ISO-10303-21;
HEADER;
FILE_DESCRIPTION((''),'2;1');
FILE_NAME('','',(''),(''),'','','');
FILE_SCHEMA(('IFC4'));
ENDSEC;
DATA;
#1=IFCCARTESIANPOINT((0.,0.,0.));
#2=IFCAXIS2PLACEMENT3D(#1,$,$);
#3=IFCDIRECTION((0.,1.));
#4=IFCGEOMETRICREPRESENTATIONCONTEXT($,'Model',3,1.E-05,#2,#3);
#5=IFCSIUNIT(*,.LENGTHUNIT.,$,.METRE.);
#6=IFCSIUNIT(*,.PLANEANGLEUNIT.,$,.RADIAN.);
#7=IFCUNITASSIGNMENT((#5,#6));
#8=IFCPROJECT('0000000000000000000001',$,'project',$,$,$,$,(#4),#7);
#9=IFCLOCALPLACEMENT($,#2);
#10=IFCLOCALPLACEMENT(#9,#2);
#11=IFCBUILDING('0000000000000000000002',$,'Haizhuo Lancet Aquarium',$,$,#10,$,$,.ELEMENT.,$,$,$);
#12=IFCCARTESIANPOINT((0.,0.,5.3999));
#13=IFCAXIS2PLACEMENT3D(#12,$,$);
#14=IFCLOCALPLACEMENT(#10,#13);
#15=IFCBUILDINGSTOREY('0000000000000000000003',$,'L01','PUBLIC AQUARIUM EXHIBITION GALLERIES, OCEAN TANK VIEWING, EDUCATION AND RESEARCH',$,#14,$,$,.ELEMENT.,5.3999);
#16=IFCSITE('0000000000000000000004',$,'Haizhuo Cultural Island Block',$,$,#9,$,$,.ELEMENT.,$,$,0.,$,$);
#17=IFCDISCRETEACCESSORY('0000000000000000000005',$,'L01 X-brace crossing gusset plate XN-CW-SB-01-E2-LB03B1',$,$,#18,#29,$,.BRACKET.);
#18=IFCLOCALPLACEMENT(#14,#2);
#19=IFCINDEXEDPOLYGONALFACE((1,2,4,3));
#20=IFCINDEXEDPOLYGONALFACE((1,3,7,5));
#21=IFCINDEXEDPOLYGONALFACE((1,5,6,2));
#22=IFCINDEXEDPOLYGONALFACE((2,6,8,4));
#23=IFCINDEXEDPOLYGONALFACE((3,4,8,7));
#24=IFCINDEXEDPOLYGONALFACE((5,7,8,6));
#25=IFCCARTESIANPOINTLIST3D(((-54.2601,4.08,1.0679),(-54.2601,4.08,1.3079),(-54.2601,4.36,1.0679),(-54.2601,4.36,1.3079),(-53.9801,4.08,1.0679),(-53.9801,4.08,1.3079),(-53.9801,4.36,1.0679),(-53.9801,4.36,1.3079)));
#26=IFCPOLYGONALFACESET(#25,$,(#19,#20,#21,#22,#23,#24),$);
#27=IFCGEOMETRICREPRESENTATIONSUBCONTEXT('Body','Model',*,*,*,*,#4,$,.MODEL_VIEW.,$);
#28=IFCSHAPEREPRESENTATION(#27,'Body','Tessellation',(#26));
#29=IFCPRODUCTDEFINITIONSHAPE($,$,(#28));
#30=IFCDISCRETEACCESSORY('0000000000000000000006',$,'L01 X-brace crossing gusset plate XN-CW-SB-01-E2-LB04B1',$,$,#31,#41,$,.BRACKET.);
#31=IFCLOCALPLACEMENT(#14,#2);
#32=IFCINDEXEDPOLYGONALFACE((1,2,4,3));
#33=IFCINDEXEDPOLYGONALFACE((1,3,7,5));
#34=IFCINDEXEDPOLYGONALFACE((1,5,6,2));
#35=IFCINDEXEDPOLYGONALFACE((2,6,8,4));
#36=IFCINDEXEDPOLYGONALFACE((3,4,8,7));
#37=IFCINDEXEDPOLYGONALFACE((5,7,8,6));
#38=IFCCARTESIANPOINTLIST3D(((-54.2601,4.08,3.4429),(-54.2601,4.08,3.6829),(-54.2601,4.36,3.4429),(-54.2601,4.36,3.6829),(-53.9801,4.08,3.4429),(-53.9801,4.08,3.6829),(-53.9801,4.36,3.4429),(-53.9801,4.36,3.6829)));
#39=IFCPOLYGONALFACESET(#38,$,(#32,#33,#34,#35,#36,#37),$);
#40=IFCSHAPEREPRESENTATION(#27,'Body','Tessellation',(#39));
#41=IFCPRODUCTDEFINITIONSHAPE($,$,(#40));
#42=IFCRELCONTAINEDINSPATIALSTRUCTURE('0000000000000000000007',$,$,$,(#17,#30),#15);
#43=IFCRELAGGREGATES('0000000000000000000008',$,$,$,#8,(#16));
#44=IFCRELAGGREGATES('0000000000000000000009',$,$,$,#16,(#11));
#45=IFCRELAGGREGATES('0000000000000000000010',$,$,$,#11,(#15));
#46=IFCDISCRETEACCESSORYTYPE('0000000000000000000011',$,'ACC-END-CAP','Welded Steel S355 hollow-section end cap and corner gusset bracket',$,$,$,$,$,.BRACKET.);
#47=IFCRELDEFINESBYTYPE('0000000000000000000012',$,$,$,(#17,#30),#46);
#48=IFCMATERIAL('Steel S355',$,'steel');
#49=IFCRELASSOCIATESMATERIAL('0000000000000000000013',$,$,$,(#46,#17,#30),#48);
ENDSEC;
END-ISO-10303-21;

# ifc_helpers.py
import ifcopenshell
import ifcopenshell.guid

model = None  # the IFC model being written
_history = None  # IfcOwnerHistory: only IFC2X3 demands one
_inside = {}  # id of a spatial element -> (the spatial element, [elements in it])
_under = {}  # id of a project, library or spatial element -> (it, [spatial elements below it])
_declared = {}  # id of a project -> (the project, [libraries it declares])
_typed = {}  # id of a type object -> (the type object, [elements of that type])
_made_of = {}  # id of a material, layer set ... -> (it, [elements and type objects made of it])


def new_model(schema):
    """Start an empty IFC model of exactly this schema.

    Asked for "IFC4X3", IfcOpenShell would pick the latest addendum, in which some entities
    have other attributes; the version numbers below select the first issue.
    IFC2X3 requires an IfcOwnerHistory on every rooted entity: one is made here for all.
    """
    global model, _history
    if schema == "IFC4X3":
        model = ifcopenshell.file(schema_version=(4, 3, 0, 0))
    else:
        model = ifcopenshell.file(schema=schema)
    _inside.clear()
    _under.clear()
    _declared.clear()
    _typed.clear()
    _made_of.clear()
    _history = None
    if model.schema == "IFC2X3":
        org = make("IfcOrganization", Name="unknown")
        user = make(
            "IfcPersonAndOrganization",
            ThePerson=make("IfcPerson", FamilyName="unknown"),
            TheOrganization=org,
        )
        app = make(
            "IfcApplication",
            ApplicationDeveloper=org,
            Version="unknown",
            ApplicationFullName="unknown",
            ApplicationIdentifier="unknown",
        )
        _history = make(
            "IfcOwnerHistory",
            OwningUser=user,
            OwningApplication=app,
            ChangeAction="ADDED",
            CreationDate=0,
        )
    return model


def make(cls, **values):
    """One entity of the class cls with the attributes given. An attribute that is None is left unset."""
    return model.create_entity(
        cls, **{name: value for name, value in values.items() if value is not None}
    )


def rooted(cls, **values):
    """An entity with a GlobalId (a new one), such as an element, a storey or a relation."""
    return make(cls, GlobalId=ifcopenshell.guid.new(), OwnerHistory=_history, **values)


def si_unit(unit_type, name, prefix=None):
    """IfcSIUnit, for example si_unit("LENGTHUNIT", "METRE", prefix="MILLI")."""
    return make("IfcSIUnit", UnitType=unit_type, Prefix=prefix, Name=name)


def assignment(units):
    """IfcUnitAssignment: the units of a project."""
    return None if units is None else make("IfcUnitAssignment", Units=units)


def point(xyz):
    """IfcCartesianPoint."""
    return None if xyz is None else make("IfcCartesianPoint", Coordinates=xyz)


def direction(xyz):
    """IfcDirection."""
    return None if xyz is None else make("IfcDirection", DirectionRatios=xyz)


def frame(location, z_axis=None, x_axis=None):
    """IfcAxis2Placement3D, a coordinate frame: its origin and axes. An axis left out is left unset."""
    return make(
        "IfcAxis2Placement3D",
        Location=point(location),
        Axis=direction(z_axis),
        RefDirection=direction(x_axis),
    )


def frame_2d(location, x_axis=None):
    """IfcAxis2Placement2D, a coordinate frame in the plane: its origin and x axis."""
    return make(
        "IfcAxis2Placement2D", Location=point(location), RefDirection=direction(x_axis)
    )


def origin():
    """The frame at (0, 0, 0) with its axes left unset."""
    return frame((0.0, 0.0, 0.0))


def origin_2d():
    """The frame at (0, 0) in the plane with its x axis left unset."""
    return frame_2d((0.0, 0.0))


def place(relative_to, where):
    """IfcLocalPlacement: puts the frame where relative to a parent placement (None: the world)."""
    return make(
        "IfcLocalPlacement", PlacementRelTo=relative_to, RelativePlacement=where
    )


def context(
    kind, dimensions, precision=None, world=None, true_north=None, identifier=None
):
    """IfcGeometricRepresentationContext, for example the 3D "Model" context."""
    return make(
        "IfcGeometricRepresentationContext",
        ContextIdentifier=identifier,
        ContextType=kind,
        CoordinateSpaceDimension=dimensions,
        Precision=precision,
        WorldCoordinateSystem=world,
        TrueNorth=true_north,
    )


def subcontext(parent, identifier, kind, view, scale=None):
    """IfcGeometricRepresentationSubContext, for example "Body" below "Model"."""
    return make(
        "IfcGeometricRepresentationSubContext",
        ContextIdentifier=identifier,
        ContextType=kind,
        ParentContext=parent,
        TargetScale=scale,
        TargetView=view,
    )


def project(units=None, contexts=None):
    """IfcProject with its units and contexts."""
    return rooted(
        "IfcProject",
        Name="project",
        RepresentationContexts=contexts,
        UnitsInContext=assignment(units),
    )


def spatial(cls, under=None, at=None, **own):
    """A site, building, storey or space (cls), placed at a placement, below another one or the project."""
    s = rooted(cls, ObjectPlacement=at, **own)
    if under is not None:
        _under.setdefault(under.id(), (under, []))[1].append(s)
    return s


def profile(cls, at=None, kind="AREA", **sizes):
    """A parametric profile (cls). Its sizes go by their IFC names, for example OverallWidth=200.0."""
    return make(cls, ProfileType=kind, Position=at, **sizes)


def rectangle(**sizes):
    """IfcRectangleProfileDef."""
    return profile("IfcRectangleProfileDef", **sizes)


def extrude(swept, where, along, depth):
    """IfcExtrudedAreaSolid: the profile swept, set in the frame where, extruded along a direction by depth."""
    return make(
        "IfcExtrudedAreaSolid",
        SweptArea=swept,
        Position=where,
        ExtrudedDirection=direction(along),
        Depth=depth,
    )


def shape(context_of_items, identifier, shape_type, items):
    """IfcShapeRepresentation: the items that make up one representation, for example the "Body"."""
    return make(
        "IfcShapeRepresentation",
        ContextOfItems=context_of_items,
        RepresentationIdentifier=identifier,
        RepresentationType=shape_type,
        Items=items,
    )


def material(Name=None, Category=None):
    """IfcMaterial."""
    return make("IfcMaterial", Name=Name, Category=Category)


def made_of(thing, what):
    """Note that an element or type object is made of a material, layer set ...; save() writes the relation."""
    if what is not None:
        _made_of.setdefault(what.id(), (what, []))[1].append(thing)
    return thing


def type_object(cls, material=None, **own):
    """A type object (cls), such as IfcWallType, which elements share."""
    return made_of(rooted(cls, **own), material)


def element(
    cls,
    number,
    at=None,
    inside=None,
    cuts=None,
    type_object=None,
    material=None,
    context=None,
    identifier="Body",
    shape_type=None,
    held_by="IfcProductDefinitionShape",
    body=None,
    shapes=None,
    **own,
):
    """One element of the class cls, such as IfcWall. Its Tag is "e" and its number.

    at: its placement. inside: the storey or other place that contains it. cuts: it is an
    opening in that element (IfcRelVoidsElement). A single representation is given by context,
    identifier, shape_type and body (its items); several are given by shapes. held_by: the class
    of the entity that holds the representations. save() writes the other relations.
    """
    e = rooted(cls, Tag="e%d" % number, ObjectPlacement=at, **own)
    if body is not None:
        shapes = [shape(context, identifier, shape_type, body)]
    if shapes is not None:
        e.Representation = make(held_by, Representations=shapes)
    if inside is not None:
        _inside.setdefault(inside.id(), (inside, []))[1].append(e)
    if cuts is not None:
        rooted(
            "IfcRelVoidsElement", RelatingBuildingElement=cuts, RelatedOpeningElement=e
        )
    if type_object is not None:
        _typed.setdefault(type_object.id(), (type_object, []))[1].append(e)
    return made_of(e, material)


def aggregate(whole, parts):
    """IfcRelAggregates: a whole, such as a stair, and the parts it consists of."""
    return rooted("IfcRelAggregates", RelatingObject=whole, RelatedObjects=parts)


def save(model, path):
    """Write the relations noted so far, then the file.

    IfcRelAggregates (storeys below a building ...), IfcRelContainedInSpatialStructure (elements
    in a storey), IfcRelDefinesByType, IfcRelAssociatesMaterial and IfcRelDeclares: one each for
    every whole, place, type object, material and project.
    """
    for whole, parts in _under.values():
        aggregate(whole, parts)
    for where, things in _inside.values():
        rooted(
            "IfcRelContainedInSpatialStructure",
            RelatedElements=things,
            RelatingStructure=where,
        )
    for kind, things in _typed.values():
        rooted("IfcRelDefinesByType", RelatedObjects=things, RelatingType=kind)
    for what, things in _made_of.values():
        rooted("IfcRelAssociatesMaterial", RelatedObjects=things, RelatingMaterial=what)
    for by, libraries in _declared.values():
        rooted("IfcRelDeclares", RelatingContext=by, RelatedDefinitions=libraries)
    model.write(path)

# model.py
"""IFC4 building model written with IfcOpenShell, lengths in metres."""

from ifc_helpers import new_model, si_unit, direction, frame, origin, origin_2d, place, context, subcontext, project, spatial, rectangle, extrude, material, type_object, element, save


model = new_model("IFC4")

# Units and contexts
model_context = context("Model", 3, precision=1e-05, world=origin(), true_north=direction((0.0, 1.0)))
body_context = subcontext(model_context, "Body", "Model", "MODEL_VIEW")
ifc_project = project(units=[si_unit("LENGTHUNIT", "METRE"), si_unit("PLANEANGLEUNIT", "RADIAN")], contexts=[model_context])

# Site, building, storey
site_placement = place(None, origin())
site = spatial("IfcSite", under=ifc_project, at=site_placement, Name="Haizhuo Cultural Island Block", CompositionType="ELEMENT", RefElevation=0.0)
building_placement = place(site_placement, origin())
building = spatial("IfcBuilding", under=site, at=building_placement, Name="Haizhuo Lancet Aquarium", CompositionType="ELEMENT")
storey_placement = place(building_placement, frame((0.0, 0.0, 5.3999)))
storey = spatial("IfcBuildingStorey", under=building, at=storey_placement, Name="L01", Description="PUBLIC AQUARIUM EXHIBITION GALLERIES, OCEAN TANK VIEWING, EDUCATION AND RESEARCH", CompositionType="ELEMENT", Elevation=5.3999)

# Shared definitions
ifc_material_1 = material(Name="Steel S355", Category="steel")

# Discrete accessories
discrete_accessory_type = type_object("IfcDiscreteAccessoryType", Name="ACC-END-CAP", Description="Welded Steel S355 hollow-section end cap and corner gusset bracket", PredefinedType="BRACKET", material=ifc_material_1)
for number, where, z_axis, x_axis, name in (
    (1, (-54.1201, 4.22, 1.0679), (0.0, 0.0, 1.0), (1.0, 0.0, 0.0), "L01 X-brace crossing gusset plate XN-CW-SB-01-E2-LB03B1"),
    (2, (-54.1201, 4.22, 3.4429), (0.0, 0.0, 1.0), (1.0, 0.0, 0.0), "L01 X-brace crossing gusset plate XN-CW-SB-01-E2-LB04B1"),
):
    element("IfcDiscreteAccessory", number, at=place(storey_placement, frame(where, z_axis=z_axis, x_axis=x_axis)), inside=storey, type_object=discrete_accessory_type, material=ifc_material_1, Name=name, PredefinedType="BRACKET", context=body_context, shape_type="SweptSolid", body=[
        extrude(rectangle(XDim=0.28, YDim=0.28, at=origin_2d()), origin(), (0.0, 0.0, 1.0), 0.24),
    ])

save(model, "model.ifc")
